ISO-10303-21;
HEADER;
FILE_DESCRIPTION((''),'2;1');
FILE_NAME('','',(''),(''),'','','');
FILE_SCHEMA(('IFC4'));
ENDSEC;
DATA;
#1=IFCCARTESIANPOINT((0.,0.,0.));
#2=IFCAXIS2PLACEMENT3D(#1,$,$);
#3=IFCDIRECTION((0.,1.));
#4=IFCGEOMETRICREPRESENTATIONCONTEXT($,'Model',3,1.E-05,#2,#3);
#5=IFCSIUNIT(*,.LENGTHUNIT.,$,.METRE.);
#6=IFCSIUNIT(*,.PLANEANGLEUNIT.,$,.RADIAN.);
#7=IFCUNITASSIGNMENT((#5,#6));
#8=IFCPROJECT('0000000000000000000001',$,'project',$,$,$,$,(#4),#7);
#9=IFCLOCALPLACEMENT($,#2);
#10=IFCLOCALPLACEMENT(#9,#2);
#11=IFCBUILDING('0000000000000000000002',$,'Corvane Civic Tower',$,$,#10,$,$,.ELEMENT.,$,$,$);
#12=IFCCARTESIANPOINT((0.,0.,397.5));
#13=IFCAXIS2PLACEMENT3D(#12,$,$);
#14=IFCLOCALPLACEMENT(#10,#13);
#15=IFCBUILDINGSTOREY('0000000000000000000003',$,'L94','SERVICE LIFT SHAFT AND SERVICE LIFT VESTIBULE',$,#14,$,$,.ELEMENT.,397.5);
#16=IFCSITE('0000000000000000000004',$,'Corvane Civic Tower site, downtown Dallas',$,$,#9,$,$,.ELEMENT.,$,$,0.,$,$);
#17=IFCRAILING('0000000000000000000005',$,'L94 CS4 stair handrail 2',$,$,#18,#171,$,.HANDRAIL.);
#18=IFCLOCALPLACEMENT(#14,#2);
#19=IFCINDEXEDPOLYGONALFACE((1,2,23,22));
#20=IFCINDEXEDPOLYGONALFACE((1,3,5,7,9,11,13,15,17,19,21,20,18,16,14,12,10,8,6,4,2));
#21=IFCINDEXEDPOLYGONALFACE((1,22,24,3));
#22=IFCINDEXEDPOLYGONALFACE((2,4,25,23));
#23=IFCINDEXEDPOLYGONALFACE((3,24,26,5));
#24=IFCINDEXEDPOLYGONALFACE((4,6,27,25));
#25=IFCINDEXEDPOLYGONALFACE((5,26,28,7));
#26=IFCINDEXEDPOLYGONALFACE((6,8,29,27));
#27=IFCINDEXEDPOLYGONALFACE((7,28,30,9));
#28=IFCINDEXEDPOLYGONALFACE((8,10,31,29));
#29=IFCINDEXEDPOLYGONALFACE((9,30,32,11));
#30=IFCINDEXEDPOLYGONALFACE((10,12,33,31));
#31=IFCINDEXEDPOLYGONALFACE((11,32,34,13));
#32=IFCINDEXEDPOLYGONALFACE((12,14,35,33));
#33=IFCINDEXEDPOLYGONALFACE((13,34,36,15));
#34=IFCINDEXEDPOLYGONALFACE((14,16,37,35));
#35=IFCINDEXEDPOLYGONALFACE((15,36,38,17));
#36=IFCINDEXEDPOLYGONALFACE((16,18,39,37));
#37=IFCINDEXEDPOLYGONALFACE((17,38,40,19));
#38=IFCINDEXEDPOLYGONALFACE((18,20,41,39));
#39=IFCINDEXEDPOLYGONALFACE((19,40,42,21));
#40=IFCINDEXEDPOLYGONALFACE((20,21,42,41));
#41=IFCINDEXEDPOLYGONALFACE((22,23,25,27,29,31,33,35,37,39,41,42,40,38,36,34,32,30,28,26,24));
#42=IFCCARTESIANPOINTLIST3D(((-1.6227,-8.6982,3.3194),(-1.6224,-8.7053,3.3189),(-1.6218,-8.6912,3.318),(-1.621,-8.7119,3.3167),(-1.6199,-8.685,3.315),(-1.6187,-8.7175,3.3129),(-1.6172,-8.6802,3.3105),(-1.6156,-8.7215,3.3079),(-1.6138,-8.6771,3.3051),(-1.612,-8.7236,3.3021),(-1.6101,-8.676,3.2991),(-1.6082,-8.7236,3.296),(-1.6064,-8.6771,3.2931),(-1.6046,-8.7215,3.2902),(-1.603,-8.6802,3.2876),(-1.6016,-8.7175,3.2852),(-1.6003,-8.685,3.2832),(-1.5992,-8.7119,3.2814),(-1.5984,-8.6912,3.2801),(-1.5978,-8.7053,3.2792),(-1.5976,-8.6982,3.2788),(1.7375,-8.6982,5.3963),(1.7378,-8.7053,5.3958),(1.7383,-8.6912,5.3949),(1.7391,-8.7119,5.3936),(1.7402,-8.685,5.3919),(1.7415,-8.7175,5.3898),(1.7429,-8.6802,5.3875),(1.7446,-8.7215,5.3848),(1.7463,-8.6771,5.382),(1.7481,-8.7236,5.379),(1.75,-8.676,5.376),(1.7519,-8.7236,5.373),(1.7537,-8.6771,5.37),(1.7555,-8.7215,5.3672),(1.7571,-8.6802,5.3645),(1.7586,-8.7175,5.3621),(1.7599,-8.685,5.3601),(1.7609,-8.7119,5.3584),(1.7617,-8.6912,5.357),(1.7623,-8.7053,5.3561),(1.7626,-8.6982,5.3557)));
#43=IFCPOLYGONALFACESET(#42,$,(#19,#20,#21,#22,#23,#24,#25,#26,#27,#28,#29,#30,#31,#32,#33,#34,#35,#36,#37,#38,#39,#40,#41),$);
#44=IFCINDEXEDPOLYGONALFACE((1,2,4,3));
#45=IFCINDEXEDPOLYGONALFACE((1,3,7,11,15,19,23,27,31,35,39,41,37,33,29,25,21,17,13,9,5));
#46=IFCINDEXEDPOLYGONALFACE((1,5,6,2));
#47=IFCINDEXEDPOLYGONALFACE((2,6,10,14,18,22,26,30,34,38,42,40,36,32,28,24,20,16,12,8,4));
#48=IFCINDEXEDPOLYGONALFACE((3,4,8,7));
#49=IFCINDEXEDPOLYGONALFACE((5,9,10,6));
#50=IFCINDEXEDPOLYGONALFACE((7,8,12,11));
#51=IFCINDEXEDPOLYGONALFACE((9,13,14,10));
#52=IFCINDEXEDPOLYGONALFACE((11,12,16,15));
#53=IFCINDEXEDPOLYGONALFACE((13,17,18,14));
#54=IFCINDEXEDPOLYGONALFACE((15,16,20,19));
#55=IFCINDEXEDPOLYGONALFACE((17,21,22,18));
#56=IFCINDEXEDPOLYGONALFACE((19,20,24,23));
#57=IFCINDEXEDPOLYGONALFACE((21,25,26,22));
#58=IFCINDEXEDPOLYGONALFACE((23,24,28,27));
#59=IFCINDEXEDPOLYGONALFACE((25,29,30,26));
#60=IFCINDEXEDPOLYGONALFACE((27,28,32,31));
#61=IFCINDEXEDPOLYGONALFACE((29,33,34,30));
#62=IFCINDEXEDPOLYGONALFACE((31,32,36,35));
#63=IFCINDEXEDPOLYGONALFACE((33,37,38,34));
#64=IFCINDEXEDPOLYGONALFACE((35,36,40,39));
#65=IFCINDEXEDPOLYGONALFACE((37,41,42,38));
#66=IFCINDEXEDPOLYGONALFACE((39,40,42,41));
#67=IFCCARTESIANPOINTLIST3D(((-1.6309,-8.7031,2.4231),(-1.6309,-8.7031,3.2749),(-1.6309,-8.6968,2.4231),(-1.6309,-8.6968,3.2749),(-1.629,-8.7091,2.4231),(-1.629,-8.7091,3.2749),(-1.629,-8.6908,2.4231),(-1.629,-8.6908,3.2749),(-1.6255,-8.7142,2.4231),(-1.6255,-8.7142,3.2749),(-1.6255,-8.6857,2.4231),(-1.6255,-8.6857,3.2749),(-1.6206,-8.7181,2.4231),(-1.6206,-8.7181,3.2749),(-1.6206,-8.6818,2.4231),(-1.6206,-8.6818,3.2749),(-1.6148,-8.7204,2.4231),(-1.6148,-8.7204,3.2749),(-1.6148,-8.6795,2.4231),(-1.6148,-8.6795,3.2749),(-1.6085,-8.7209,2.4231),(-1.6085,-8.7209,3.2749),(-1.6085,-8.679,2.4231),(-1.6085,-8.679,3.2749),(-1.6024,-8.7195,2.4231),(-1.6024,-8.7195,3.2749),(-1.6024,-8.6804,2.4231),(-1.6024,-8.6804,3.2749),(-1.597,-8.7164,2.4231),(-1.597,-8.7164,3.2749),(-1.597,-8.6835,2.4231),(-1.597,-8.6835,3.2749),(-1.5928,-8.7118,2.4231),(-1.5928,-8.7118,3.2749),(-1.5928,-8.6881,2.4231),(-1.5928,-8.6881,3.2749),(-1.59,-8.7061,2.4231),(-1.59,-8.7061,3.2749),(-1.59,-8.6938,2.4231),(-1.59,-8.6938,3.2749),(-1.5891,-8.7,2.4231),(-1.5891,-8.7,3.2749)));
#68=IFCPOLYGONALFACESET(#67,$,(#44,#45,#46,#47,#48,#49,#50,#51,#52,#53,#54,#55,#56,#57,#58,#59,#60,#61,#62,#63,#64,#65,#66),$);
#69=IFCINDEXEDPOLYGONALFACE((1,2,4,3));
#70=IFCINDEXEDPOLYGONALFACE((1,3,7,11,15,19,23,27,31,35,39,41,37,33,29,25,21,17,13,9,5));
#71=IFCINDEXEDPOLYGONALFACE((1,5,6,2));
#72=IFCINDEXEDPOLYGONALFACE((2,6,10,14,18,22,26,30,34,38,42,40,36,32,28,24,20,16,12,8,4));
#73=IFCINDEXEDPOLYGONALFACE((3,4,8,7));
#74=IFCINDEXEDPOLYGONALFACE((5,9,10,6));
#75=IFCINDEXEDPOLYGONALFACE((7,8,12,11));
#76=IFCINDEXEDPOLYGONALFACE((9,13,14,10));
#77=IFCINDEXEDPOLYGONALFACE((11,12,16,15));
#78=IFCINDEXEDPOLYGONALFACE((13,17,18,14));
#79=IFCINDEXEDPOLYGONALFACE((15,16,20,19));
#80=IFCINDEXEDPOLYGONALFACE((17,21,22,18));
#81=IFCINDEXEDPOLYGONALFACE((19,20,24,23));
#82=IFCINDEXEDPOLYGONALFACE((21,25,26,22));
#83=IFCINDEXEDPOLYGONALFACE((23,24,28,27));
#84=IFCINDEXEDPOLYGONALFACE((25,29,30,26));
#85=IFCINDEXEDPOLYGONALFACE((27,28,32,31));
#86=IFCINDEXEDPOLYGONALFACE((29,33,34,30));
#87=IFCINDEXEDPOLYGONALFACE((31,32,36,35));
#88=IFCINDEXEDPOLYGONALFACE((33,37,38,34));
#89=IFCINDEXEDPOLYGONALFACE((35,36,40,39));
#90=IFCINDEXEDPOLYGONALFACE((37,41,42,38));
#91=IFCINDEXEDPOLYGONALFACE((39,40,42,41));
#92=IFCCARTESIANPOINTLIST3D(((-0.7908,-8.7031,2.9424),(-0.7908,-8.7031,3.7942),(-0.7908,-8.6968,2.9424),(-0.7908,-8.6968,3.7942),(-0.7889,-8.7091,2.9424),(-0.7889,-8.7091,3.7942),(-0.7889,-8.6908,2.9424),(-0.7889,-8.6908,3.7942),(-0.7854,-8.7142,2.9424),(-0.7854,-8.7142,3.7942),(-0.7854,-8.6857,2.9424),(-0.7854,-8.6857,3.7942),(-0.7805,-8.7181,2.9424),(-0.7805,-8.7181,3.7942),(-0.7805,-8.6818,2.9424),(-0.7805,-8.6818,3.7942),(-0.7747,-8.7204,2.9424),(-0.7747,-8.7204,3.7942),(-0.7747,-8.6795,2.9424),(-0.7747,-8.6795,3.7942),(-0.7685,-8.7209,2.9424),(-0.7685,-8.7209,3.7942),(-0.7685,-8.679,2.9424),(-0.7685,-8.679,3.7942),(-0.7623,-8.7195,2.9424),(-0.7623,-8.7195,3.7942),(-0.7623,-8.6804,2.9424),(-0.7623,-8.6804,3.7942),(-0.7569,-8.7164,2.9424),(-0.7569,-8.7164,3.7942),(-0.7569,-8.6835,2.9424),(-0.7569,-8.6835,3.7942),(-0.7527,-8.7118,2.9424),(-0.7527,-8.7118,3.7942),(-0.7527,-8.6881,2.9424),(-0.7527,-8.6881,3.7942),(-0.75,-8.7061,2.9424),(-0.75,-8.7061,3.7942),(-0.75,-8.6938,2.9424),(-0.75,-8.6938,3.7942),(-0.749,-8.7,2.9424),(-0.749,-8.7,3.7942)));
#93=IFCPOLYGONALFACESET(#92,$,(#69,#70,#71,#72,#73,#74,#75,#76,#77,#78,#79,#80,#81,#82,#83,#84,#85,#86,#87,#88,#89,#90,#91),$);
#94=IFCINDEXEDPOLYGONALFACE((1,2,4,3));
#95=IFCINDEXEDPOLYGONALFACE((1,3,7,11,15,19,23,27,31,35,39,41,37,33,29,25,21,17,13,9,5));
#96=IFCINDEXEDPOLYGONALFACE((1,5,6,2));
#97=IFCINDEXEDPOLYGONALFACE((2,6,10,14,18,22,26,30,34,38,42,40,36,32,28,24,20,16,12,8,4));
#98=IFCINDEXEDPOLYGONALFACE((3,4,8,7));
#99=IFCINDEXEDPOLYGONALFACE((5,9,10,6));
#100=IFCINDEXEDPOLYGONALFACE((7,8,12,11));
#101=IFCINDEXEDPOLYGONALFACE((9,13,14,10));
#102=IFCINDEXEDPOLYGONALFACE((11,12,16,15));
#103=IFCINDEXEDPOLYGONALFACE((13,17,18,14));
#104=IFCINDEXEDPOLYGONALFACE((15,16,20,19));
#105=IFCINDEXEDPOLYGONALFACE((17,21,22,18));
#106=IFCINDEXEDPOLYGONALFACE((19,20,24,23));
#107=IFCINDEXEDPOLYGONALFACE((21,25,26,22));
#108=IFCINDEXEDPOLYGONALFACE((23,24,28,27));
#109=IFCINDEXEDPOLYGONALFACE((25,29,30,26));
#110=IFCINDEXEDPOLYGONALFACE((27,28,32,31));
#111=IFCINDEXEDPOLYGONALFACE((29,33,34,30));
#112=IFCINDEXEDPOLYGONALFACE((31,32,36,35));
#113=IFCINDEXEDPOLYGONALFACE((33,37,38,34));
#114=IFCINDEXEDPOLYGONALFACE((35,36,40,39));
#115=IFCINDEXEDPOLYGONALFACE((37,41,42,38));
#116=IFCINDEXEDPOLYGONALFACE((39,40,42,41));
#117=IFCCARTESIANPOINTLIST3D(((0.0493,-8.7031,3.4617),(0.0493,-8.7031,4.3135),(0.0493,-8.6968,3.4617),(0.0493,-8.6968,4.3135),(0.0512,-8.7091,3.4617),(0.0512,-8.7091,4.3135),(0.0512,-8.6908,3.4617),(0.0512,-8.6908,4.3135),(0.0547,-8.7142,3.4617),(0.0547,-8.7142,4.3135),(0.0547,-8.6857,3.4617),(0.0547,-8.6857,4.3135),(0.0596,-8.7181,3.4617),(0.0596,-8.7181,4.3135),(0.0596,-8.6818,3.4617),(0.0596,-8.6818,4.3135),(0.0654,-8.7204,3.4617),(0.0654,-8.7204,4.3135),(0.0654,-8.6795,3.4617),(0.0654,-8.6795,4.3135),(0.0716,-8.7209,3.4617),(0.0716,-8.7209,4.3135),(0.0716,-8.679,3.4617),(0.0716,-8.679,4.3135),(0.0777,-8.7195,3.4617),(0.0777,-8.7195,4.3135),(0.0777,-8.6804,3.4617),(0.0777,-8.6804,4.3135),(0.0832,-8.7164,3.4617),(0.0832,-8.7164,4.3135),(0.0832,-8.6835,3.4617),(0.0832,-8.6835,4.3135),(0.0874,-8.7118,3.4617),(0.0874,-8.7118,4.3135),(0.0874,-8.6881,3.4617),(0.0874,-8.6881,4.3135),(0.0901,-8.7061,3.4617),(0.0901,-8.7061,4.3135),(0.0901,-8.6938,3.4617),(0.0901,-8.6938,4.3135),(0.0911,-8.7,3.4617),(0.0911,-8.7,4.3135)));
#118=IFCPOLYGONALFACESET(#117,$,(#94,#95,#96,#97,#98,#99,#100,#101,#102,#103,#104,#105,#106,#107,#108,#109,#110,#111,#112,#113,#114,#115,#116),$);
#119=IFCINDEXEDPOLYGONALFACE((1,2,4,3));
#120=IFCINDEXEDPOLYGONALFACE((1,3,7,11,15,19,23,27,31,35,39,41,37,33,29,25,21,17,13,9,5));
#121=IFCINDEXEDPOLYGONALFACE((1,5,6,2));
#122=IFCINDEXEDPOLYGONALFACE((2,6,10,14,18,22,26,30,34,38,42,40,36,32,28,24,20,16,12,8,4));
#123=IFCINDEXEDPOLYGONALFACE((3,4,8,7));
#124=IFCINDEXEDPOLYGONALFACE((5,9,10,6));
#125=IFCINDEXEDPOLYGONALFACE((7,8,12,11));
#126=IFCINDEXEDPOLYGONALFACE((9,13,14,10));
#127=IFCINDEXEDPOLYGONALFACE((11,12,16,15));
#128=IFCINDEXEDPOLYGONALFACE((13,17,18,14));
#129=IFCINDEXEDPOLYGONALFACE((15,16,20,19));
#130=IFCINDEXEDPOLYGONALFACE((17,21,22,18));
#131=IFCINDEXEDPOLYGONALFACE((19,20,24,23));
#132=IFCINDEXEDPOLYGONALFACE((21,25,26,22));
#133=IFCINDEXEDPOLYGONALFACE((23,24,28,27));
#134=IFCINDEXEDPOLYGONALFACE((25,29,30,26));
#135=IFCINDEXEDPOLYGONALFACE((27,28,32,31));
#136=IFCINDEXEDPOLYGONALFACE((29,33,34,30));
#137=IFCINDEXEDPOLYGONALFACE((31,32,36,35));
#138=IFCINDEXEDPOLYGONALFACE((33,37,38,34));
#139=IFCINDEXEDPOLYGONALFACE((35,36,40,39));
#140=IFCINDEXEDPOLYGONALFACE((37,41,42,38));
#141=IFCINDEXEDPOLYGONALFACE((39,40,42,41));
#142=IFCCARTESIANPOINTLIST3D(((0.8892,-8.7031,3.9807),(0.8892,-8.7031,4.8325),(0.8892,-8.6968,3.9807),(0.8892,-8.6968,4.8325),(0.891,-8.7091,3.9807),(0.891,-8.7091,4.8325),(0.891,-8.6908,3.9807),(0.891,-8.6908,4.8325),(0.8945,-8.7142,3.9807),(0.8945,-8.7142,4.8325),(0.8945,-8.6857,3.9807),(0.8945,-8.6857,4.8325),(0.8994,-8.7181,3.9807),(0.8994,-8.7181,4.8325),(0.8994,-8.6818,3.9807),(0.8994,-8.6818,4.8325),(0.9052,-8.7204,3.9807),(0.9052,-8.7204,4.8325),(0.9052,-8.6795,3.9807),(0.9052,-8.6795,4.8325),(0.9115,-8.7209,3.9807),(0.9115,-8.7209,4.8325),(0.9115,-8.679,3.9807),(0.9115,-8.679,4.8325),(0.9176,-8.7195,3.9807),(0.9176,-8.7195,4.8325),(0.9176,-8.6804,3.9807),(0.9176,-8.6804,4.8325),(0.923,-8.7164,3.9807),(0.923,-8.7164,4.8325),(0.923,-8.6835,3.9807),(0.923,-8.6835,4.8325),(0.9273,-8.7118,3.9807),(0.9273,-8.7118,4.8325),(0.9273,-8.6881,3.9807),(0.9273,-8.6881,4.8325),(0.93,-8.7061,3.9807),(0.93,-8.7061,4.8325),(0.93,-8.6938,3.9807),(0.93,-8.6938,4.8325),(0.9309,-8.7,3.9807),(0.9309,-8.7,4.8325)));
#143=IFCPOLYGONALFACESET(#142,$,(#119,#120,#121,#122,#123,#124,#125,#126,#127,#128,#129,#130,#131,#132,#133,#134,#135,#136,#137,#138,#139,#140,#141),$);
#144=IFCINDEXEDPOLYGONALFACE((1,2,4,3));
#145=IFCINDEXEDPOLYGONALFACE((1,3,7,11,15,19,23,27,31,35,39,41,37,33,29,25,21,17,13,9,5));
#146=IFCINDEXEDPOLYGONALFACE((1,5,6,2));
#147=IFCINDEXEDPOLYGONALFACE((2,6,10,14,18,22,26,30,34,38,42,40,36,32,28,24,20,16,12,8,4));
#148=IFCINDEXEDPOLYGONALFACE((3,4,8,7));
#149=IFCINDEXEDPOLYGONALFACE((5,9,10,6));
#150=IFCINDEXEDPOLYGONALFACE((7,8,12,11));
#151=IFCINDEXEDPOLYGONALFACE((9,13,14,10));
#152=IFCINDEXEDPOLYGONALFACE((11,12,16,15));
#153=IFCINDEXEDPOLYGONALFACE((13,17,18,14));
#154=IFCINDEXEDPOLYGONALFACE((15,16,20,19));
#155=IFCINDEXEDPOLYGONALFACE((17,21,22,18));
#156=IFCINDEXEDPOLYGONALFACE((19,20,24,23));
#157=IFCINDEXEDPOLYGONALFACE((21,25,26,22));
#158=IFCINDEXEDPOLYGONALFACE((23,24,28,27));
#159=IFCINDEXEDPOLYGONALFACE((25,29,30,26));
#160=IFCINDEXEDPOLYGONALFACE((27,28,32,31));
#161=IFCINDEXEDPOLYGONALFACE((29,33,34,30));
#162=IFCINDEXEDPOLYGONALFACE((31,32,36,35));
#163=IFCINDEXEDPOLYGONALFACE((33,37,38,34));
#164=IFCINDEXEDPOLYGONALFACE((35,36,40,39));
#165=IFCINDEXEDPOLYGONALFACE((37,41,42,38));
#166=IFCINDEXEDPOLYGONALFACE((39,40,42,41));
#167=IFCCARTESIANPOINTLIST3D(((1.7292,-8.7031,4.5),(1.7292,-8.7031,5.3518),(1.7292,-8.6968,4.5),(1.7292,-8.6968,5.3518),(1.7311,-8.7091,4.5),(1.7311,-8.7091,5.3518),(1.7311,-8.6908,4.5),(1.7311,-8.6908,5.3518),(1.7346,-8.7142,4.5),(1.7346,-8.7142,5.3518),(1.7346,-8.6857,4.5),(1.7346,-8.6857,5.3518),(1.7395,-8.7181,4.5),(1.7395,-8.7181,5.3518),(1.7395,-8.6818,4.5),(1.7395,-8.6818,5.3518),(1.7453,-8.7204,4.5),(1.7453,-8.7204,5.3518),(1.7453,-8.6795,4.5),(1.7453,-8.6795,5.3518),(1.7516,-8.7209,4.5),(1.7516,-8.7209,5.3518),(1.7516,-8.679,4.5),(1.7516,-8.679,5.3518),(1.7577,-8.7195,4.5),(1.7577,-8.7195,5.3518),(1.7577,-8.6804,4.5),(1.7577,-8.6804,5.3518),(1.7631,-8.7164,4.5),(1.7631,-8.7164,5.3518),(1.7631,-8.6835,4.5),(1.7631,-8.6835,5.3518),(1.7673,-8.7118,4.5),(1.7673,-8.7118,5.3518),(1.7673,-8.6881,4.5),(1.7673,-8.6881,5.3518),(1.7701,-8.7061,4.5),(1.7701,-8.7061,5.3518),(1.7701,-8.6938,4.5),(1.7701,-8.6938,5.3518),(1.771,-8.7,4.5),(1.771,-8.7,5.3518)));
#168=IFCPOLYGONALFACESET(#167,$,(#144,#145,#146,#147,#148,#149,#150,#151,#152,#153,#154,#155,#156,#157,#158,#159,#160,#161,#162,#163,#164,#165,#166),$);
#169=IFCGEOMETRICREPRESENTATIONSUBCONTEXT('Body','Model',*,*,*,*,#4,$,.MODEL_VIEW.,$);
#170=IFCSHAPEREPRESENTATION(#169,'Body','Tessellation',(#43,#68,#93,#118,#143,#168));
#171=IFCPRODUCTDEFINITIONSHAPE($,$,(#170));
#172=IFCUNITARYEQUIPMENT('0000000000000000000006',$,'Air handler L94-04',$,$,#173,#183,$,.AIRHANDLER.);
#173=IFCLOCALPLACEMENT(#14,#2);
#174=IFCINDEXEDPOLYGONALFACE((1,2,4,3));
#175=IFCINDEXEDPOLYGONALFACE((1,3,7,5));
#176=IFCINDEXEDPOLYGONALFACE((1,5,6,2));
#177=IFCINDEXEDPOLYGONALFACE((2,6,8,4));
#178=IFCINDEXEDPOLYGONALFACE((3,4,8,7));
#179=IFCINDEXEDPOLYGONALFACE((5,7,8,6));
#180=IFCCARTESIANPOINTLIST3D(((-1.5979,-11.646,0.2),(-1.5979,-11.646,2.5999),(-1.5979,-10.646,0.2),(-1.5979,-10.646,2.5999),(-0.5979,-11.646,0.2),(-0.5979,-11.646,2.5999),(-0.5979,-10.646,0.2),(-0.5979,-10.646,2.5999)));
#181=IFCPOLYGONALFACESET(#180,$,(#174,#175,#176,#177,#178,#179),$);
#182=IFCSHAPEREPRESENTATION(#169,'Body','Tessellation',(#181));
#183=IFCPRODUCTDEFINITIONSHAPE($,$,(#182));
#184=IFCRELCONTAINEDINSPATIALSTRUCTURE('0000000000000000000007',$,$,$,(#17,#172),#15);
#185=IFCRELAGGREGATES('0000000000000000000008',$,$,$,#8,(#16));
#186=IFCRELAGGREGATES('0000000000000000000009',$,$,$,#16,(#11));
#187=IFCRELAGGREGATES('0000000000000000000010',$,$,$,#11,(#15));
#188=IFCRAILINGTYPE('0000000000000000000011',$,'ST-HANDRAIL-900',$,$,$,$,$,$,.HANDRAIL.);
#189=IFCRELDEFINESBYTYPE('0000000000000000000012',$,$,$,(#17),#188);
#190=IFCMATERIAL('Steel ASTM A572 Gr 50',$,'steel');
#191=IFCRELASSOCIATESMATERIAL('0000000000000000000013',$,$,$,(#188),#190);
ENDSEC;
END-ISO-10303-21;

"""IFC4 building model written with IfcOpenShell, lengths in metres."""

from ifc_helpers import new_model, si_unit, direction, frame, origin, origin_2d, place, context, subcontext, project, spatial, rectangle, circle, extrude, material, type_object, element, save


model = new_model("IFC4")

# Units and contexts
model_context = context("Model", 3, precision=1e-05, world=origin(), true_north=direction((0.0, 1.0)))
body_context = subcontext(model_context, "Body", "Model", "MODEL_VIEW")
ifc_project = project(units=[si_unit("LENGTHUNIT", "METRE"), si_unit("PLANEANGLEUNIT", "RADIAN")], contexts=[model_context])

# Site, building, storey
site_placement = place(None, origin())
site = spatial("IfcSite", under=ifc_project, at=site_placement, Name="Corvane Civic Tower site, downtown Dallas", CompositionType="ELEMENT", RefElevation=0.0)
building_placement = place(site_placement, origin())
building = spatial("IfcBuilding", under=site, at=building_placement, Name="Corvane Civic Tower", CompositionType="ELEMENT")
storey_placement = place(building_placement, frame((0.0, 0.0, 397.5)))
storey = spatial("IfcBuildingStorey", under=building, at=storey_placement, Name="L94", Description="SERVICE LIFT SHAFT AND SERVICE LIFT VESTIBULE", CompositionType="ELEMENT", Elevation=397.5)

# Railing
ifc_material_1 = material(Name="Steel ASTM A572 Gr 50", Category="steel")
railing_type = type_object("IfcRailingType", Name="ST-HANDRAIL-900", PredefinedType="HANDRAIL", material=ifc_material_1)
railing_placement = place(storey_placement, frame((-1.6101, -8.7, 2.4231)))
element("IfcRailing", 1, at=railing_placement, inside=storey, type_object=railing_type, Name="L94 CS4 stair handrail 2", PredefinedType="HANDRAIL", context=body_context, shape_type="SweptSolid", body=[
    extrude(circle(Radius=0.0239, at=origin_2d()), frame((0.0, 0.0, 0.876), z_axis=(0.850623, 0.0, 0.525776), x_axis=(0.0, 1.0, 0.0)), (0.0, 0.0, 1.0), 3.9502),
    extrude(circle(Radius=0.021, at=origin_2d()), origin(), (0.0, 0.0, 1.0), 0.8518),
    extrude(circle(Radius=0.021, at=origin_2d()), frame((0.8401, 0.0, 0.5193)), (0.0, 0.0, 1.0), 0.8518),
    extrude(circle(Radius=0.021, at=origin_2d()), frame((1.6802, 0.0, 1.0386)), (0.0, 0.0, 1.0), 0.8518),
    extrude(circle(Radius=0.021, at=origin_2d()), frame((2.52, 0.0, 1.5576)), (0.0, 0.0, 1.0), 0.8518),
    extrude(circle(Radius=0.021, at=origin_2d()), frame((3.3601, 0.0, 2.0769)), (0.0, 0.0, 1.0), 0.8518),
])

# Unitary equipment
unitary_equipment_placement = place(storey_placement, frame((-1.0979, -11.146, 0.2), z_axis=(0.0, 0.0, 1.0), x_axis=(1.0, 0.0, 0.0)))
element("IfcUnitaryEquipment", 2, at=unitary_equipment_placement, inside=storey, Name="Air handler L94-04", PredefinedType="AIRHANDLER", context=body_context, shape_type="SweptSolid", body=[
    extrude(rectangle(XDim=1.0, YDim=1.0, at=origin_2d()), origin(), (0.0, 0.0, 1.0), 2.3999),
])

save(model, "model.ifc")
